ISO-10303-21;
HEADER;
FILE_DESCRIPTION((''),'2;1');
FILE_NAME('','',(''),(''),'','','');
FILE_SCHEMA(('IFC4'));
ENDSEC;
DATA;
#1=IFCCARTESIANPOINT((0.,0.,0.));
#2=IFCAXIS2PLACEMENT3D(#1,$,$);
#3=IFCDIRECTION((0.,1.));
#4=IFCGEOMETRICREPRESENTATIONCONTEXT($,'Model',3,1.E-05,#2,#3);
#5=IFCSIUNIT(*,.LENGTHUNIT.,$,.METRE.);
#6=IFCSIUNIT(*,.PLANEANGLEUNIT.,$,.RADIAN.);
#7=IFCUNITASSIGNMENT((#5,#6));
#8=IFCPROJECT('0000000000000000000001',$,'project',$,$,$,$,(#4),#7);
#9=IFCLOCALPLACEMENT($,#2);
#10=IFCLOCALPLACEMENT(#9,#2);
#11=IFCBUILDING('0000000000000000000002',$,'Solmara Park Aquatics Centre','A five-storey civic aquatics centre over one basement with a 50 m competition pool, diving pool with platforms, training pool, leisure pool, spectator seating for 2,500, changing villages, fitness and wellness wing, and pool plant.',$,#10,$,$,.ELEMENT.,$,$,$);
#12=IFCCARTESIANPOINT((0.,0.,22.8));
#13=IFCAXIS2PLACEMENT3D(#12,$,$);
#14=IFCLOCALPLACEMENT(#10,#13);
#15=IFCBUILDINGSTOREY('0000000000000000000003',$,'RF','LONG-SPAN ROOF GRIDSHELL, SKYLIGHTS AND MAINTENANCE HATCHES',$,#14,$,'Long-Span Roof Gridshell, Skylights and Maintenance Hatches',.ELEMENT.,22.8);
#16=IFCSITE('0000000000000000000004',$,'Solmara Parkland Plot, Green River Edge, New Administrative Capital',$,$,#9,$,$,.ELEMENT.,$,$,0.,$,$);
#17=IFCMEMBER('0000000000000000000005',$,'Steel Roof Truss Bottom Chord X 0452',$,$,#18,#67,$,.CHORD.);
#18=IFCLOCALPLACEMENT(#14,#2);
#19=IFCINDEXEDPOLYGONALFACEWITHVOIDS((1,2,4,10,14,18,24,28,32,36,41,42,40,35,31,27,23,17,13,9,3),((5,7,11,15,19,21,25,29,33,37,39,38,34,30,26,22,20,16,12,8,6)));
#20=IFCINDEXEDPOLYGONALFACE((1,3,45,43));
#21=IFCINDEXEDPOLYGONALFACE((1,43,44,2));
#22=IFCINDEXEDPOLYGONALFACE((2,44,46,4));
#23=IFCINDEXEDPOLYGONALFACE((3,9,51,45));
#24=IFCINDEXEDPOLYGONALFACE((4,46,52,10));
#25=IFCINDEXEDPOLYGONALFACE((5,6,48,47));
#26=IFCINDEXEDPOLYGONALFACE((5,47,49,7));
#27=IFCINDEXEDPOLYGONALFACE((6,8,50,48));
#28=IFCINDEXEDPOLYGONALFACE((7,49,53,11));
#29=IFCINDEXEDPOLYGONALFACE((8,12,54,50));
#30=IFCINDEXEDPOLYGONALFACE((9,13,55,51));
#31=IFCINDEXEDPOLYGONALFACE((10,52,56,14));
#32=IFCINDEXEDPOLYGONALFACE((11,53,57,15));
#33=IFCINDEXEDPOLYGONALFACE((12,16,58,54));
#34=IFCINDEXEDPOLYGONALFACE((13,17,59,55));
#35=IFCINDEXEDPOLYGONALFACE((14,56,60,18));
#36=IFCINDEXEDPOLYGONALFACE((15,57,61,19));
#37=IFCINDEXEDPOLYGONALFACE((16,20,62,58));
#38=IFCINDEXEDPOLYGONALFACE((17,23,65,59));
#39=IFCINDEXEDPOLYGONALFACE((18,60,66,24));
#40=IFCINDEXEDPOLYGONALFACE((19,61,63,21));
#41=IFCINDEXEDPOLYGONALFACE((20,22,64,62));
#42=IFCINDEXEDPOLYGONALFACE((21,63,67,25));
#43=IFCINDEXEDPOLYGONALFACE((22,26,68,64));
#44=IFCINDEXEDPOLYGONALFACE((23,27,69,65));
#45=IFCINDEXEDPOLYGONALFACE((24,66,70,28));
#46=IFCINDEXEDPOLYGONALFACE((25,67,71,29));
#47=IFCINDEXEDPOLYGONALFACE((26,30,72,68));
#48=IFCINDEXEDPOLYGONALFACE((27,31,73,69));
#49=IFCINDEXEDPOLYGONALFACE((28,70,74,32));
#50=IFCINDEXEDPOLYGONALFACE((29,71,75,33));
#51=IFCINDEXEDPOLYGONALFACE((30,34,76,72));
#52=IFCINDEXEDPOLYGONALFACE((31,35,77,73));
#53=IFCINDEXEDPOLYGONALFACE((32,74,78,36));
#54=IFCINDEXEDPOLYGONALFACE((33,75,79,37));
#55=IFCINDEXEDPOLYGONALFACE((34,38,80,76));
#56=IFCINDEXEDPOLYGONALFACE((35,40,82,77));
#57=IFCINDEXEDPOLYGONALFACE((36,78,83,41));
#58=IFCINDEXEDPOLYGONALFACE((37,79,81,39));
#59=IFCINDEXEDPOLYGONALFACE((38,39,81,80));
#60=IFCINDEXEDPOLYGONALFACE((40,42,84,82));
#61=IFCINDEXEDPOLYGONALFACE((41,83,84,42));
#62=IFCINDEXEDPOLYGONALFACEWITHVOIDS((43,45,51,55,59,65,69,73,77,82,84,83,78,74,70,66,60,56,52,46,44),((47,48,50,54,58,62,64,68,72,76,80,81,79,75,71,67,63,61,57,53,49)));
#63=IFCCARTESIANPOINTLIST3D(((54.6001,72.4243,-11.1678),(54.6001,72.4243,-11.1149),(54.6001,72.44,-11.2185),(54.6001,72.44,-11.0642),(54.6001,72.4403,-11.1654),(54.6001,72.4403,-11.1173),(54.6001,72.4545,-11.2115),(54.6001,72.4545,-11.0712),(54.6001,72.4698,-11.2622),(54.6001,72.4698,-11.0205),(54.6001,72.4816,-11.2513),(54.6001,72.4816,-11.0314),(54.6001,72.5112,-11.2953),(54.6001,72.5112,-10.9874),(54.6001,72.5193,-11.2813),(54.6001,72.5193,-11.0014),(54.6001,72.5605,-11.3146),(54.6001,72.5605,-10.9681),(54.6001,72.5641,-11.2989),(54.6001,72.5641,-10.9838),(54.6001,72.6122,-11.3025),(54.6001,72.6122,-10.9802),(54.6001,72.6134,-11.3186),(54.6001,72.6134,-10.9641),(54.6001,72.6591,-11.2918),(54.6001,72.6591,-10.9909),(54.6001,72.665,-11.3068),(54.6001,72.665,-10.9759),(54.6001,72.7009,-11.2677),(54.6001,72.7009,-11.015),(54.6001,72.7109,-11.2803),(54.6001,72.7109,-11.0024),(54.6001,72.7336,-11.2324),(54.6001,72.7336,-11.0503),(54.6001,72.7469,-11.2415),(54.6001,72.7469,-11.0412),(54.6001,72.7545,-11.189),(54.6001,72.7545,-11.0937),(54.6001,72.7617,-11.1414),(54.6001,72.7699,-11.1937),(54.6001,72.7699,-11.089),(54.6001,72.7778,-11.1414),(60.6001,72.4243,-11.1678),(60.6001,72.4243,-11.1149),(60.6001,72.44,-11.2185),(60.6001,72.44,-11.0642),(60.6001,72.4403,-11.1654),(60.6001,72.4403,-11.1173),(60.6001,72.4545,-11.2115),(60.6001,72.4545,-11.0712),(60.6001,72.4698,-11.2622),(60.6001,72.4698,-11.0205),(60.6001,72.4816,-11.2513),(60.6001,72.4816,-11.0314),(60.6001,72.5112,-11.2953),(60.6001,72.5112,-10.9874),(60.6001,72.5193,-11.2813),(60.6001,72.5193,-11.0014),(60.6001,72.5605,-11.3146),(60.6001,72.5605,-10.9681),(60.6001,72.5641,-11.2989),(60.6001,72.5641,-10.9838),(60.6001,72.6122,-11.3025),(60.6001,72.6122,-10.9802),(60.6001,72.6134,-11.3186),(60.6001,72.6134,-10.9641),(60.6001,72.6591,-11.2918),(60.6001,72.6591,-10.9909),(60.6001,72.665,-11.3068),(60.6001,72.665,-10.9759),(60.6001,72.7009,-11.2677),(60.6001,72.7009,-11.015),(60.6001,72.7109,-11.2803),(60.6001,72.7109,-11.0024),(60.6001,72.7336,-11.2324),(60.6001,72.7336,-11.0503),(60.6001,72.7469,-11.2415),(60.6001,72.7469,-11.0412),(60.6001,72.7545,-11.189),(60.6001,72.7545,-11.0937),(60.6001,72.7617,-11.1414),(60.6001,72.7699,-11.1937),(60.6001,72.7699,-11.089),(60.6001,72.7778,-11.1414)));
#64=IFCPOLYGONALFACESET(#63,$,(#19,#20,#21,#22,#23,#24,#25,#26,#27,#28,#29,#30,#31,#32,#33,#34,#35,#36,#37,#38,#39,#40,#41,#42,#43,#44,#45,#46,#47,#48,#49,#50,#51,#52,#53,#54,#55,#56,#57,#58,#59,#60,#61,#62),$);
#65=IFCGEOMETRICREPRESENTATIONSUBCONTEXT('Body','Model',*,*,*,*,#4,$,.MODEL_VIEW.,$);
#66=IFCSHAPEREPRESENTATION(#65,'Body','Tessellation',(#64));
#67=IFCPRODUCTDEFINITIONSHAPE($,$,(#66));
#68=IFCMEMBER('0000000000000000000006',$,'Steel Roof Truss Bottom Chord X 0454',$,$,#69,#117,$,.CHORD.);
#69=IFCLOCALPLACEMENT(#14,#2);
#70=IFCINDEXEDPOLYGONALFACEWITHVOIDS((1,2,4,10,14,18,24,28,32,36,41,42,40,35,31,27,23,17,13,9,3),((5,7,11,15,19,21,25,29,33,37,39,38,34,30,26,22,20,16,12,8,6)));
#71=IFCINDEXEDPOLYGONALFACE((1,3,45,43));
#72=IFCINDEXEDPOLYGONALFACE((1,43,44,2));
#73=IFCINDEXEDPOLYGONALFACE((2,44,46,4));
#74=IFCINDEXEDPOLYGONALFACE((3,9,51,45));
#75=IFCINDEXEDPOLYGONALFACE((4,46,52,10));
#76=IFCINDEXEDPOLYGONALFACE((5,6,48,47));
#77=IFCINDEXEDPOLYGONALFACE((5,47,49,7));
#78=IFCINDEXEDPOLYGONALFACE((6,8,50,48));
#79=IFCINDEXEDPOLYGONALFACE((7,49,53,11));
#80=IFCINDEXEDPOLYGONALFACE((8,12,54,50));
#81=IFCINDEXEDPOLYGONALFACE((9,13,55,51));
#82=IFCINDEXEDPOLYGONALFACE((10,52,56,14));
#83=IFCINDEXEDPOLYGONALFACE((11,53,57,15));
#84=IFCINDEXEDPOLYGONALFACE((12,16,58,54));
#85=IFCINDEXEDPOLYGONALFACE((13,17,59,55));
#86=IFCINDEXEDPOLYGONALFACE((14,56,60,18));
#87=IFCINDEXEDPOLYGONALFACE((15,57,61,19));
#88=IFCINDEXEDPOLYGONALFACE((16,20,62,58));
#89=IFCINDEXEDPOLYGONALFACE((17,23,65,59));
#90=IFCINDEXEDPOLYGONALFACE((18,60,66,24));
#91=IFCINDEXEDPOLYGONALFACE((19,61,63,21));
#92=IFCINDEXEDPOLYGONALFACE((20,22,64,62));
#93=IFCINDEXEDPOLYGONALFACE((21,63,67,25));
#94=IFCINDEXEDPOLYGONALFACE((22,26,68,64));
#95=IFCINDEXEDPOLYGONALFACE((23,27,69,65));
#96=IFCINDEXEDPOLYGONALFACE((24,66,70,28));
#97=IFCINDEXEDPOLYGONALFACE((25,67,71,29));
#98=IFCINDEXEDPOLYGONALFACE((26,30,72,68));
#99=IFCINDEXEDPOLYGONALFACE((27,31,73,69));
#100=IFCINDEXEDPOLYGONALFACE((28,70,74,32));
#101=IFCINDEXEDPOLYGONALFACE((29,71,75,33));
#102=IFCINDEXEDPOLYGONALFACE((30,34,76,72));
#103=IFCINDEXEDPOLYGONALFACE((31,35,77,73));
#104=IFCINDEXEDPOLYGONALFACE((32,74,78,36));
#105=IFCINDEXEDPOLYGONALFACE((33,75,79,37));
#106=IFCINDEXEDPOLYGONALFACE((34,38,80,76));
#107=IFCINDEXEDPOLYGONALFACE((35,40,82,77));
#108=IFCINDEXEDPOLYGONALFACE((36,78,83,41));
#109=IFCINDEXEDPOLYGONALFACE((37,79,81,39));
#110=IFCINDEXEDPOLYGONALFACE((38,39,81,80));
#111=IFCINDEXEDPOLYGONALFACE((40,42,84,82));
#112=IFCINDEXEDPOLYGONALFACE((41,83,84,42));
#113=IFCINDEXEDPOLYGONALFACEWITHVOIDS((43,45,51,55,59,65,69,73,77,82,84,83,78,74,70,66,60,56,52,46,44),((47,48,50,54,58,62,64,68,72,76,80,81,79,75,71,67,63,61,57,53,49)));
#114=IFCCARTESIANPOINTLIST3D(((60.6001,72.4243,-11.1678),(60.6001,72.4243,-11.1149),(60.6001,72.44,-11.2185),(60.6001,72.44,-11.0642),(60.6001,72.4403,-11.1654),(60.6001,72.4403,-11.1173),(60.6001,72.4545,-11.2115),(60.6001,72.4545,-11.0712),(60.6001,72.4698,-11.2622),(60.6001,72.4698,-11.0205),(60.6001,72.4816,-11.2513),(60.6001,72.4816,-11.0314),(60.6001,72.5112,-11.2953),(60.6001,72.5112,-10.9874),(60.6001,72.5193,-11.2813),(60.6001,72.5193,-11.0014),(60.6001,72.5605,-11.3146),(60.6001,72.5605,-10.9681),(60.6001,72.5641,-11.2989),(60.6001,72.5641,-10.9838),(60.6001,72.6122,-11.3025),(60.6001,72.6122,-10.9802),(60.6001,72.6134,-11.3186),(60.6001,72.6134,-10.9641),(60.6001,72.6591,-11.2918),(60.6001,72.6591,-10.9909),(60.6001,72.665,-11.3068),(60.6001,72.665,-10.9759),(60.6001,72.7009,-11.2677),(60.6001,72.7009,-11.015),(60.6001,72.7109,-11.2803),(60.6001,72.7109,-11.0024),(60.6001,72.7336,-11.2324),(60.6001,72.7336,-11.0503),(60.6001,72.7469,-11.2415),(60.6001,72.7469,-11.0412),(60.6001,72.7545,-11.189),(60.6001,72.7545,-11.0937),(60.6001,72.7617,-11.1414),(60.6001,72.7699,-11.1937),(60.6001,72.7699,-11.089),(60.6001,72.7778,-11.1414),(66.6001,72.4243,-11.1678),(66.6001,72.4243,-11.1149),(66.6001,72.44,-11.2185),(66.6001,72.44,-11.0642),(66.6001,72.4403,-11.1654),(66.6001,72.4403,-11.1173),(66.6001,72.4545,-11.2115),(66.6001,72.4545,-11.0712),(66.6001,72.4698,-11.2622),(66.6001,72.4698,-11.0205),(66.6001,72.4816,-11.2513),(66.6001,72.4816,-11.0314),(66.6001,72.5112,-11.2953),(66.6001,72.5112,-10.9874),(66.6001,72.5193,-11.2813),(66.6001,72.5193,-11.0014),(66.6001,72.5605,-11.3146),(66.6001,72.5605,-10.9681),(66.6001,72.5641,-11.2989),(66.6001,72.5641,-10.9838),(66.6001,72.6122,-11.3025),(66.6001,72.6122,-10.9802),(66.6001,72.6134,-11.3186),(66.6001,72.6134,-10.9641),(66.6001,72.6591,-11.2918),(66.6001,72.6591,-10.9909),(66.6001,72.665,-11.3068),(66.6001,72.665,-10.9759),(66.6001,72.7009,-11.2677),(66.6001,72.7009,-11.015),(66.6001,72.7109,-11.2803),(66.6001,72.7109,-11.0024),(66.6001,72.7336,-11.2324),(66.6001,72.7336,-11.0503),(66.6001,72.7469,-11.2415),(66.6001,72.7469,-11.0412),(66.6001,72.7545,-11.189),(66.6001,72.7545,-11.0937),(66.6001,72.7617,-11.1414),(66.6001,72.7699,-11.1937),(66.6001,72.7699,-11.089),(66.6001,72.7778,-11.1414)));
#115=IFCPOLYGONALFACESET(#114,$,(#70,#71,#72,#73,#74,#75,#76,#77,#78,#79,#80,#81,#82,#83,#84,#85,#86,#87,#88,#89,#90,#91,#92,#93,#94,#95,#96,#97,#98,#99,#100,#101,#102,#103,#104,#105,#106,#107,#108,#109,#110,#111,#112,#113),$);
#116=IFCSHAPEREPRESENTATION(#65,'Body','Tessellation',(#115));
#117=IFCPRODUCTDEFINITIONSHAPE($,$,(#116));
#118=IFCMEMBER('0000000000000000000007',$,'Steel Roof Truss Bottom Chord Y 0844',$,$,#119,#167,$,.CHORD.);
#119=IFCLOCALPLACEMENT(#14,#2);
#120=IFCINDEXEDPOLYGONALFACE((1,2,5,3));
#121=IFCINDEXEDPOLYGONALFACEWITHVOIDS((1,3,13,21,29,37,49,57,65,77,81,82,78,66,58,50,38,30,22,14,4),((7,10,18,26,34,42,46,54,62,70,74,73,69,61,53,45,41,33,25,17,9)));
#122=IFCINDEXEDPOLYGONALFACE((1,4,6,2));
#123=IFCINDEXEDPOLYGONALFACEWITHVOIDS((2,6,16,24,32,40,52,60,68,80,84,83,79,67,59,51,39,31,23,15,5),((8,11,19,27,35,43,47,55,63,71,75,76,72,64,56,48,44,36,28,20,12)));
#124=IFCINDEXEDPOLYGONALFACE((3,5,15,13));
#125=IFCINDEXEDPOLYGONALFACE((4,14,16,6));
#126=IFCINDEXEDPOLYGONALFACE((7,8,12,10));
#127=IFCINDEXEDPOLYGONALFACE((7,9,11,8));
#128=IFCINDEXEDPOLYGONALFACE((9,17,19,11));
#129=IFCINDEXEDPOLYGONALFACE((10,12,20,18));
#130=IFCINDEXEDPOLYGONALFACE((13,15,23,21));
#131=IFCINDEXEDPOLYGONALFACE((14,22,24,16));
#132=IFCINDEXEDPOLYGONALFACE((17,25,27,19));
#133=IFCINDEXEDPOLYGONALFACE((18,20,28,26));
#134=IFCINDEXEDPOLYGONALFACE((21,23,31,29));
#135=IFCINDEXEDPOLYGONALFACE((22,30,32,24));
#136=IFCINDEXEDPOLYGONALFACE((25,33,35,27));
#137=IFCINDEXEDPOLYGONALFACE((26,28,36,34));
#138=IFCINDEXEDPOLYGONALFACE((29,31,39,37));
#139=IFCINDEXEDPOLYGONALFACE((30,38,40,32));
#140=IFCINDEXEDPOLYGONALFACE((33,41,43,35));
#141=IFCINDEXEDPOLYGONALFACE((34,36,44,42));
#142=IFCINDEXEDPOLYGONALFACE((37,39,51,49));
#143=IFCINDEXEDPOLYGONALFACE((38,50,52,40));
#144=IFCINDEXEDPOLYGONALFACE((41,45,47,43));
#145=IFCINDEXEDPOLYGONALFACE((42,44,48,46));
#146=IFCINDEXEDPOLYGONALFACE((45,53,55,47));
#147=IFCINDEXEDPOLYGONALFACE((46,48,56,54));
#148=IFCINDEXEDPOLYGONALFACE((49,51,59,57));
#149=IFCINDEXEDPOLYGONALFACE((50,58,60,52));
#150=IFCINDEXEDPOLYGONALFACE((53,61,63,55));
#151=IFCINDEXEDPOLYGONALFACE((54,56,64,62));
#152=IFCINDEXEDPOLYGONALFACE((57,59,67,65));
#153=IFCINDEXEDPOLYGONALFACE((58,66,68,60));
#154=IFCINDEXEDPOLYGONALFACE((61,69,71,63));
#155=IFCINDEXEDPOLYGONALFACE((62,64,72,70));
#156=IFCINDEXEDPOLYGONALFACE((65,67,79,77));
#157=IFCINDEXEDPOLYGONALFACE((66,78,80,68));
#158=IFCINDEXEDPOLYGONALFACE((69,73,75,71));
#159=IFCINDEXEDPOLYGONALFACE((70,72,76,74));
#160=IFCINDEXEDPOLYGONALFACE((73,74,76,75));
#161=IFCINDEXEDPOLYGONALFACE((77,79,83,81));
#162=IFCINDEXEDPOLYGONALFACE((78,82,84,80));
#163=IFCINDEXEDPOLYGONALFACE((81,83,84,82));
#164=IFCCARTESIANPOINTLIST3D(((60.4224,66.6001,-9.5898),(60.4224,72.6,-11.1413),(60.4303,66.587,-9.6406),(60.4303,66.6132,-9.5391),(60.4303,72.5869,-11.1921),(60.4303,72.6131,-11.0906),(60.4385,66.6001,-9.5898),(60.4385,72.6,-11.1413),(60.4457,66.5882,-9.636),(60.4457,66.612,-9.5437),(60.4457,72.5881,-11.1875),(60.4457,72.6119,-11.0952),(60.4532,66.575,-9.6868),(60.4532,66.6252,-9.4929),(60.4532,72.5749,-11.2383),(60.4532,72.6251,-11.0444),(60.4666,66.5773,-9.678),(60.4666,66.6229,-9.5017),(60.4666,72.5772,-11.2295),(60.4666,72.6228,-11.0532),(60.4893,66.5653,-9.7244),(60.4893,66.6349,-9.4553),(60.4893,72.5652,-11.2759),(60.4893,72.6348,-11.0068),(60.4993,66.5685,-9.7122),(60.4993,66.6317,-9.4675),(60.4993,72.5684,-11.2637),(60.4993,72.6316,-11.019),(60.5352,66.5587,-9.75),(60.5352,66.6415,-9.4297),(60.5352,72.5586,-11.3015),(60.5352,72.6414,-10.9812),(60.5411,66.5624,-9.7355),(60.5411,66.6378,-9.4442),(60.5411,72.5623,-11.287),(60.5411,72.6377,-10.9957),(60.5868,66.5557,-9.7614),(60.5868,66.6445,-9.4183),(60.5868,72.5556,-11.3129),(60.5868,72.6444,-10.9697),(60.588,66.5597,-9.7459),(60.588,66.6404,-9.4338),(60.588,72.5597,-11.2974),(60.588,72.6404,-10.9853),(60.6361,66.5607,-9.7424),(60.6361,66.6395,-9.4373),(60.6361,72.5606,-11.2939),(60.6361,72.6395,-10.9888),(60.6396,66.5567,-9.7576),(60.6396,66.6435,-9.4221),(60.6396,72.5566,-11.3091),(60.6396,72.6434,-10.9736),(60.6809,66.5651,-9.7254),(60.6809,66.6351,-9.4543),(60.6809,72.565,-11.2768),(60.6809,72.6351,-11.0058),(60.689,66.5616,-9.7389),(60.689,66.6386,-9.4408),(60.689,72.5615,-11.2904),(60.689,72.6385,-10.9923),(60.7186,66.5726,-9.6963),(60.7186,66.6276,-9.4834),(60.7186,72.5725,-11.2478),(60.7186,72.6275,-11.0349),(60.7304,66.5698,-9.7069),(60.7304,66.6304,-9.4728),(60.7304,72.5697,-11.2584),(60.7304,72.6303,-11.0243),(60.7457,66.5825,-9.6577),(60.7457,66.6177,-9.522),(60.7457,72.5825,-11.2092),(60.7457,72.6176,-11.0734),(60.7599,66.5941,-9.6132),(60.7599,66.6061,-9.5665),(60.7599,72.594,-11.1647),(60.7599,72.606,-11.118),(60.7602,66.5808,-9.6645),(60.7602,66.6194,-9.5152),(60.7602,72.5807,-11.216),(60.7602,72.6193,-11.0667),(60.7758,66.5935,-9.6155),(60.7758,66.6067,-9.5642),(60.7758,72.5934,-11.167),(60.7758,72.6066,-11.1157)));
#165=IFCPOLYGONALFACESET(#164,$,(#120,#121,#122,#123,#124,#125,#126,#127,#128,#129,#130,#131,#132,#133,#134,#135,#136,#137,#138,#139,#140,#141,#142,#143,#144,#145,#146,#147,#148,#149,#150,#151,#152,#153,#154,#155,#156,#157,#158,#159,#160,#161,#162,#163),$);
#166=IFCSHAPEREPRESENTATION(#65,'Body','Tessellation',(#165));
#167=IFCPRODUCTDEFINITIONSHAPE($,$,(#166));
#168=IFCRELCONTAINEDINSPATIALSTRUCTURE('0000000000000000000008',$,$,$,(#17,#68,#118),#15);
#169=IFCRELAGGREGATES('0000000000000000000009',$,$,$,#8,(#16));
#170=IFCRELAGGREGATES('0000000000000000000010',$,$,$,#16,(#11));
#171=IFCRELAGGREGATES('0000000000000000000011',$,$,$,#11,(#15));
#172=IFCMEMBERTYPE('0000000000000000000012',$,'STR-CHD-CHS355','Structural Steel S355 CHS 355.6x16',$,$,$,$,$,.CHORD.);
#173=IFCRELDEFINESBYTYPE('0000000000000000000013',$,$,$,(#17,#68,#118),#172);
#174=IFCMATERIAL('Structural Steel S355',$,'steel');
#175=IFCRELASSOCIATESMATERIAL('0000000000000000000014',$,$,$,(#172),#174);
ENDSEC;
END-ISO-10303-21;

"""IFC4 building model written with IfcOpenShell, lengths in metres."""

from ifc_helpers import new_model, si_unit, direction, frame, origin, origin_2d, place, context, subcontext, project, spatial, hollow_circle, extrude, material, material_profile, profile_set, type_object, element, save


model = new_model("IFC4")

# Units and contexts
model_context = context("Model", 3, precision=1e-05, world=origin(), true_north=direction((0.0, 1.0)))
body_context = subcontext(model_context, "Body", "Model", "MODEL_VIEW")
ifc_project = project(units=[si_unit("LENGTHUNIT", "METRE"), si_unit("PLANEANGLEUNIT", "RADIAN")], contexts=[model_context])

# Site, building, storey
site_placement = place(None, origin())
site = spatial("IfcSite", under=ifc_project, at=site_placement, Name="Solmara Parkland Plot, Green River Edge, New Administrative Capital", CompositionType="ELEMENT", RefElevation=0.0)
building_placement = place(site_placement, origin())
building = spatial("IfcBuilding", under=site, at=building_placement, Name="Solmara Park Aquatics Centre", Description="A five-storey civic aquatics centre over one basement with a 50 m competition pool, diving pool with platforms, training pool, leisure pool, spectator seating for 2,500, changing villages, fitness and wellness wing, and pool plant.", CompositionType="ELEMENT")
storey_placement = place(building_placement, frame((0.0, 0.0, 22.8)))
storey = spatial("IfcBuildingStorey", under=building, at=storey_placement, Name="RF", Description="LONG-SPAN ROOF GRIDSHELL, SKYLIGHTS AND MAINTENANCE HATCHES", LongName="Long-Span Roof Gridshell, Skylights and Maintenance Hatches", CompositionType="ELEMENT", Elevation=22.8)

# Members
ifc_material_1 = material(Name="Structural Steel S355", Category="steel")
ifc_material_profile_1 = material_profile(ifc_material_1, hollow_circle(Radius=0.1777, WallThickness=0.0161, at=origin_2d()), Name="CHS 355.6x16")
ifc_profile_set_1 = profile_set([ifc_material_profile_1], Name="Structural Steel S355")
member_type_1 = type_object("IfcMemberType", Name="STR-CHD-CHS355", Description="Structural Steel S355 CHS 355.6x16", PredefinedType="CHORD", material=ifc_profile_set_1)
for number, where, z_axis, x_axis, name in (
    (1, (54.6001, 72.6001, -11.1414), (1.0, 0.0, 0.0), (0.0, 1.0, 0.0), "Steel Roof Truss Bottom Chord X 0452"),
    (2, (60.6001, 72.6001, -11.1414), (1.0, 0.0, 0.0), (0.0, 1.0, 0.0), "Steel Roof Truss Bottom Chord X 0454"),
):
    element("IfcMember", number, at=place(storey_placement, frame(where, z_axis=z_axis, x_axis=x_axis)), inside=storey, type_object=member_type_1, Name=name, PredefinedType="CHORD", context=body_context, shape_type="SweptSolid", body=[
        extrude(hollow_circle(Radius=0.1777, WallThickness=0.0161, at=origin_2d()), origin(), (0.0, 0.0, 1.0), 6.0),
    ])
member_1_placement = place(storey_placement, frame((60.6001, 66.6001, -9.5898), z_axis=(0.0, 0.968155, -0.250351), x_axis=(-1.0, 0.0, 0.0)))
element("IfcMember", 3, at=member_1_placement, inside=storey, type_object=member_type_1, Name="Steel Roof Truss Bottom Chord Y 0844", PredefinedType="CHORD", context=body_context, shape_type="SweptSolid", body=[
    extrude(hollow_circle(Radius=0.1777, WallThickness=0.0161, at=origin_2d()), origin(), (0.0, 0.0, 1.0), 6.1973),
])

save(model, "model.ifc")
